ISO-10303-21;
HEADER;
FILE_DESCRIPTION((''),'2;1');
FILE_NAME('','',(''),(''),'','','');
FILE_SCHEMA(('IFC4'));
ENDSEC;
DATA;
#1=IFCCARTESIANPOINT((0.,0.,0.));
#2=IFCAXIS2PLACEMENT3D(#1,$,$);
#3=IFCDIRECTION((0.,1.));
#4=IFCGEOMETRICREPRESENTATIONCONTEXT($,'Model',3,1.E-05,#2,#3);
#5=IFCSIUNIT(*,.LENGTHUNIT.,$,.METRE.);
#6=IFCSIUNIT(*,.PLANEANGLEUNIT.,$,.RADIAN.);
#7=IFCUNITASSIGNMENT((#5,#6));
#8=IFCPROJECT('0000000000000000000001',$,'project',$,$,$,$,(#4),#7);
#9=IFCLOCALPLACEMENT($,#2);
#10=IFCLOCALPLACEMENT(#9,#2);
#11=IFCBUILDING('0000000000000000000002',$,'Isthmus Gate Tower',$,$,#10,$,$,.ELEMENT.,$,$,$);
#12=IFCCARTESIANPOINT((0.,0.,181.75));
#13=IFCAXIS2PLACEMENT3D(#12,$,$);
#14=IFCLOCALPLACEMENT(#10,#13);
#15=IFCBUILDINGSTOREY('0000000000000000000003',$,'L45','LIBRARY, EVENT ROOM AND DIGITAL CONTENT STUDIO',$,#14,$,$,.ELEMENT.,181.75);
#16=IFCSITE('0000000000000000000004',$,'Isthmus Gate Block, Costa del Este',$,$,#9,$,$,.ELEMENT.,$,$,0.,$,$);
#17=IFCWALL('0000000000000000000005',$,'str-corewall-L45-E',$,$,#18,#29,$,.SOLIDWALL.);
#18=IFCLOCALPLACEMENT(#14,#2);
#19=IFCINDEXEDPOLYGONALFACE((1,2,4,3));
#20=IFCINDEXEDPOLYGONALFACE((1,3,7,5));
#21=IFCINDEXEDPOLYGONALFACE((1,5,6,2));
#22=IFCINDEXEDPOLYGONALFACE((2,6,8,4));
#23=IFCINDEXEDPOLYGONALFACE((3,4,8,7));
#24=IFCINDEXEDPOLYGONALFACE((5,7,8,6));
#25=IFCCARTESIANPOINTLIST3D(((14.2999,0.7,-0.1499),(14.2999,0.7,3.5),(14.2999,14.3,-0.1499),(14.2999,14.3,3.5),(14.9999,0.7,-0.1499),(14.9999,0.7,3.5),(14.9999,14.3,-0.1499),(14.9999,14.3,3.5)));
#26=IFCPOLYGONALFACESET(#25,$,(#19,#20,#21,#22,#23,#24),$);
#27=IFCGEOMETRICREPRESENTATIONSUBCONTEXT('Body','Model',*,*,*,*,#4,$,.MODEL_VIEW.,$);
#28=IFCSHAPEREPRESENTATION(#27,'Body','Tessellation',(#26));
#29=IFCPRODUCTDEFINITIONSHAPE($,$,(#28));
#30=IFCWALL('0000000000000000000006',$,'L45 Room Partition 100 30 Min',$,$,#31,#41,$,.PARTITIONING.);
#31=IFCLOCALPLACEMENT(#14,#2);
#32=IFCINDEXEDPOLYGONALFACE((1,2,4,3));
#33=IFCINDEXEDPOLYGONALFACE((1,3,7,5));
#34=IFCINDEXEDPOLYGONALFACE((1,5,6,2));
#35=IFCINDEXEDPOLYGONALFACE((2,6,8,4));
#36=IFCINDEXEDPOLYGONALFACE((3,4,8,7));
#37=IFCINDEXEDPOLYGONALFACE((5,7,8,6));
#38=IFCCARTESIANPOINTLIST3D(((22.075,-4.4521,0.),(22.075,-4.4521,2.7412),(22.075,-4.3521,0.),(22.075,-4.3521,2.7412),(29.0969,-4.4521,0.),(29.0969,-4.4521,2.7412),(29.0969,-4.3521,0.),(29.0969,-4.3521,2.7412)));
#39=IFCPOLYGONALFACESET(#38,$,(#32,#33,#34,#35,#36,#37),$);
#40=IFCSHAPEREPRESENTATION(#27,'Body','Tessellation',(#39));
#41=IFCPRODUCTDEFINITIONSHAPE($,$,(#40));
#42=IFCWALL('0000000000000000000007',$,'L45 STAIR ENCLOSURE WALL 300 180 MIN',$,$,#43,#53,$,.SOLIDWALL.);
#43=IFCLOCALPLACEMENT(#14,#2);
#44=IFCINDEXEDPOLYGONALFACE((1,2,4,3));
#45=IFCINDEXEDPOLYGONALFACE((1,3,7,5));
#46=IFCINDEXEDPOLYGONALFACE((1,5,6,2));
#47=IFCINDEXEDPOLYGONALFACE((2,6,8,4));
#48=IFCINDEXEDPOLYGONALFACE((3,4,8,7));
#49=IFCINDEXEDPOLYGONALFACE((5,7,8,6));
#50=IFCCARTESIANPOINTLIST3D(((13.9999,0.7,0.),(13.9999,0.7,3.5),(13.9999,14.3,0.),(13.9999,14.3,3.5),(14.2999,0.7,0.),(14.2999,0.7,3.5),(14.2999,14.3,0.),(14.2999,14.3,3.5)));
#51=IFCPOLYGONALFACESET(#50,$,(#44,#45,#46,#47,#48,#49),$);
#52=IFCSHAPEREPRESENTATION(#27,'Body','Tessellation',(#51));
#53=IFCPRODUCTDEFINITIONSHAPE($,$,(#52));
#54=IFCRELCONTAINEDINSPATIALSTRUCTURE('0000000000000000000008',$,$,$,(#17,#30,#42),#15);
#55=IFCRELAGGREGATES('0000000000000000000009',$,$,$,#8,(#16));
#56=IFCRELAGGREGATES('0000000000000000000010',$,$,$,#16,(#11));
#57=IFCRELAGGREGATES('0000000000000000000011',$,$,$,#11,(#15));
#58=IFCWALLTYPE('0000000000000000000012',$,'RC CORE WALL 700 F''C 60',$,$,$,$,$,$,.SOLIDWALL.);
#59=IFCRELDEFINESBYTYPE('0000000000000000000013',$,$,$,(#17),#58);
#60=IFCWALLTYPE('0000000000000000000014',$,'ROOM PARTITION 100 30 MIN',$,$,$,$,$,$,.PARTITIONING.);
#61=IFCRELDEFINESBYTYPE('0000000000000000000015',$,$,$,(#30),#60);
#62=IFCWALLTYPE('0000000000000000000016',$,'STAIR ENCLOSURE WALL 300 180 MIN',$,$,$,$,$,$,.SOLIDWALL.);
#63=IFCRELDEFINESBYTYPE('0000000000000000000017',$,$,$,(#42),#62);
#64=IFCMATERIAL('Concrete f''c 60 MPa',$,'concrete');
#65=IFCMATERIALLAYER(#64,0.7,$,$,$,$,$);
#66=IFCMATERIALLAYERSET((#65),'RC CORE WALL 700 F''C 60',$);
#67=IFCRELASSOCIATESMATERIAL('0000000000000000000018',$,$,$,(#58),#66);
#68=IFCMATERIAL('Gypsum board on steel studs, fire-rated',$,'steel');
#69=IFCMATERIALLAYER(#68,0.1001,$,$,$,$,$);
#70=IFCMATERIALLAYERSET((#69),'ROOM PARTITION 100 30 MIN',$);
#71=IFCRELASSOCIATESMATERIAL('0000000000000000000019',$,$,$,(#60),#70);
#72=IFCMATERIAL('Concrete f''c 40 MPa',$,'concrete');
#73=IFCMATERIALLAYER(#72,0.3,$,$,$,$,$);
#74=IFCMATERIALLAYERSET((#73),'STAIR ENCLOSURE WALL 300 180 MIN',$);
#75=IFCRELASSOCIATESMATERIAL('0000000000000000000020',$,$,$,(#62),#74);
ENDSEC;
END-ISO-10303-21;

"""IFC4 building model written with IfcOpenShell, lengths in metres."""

from ifc_helpers import new_model, si_unit, direction, frame, frame_2d, origin, place, context, subcontext, project, spatial, rectangle, extrude, material, layer, layer_set, type_object, element, save


model = new_model("IFC4")

# Units and contexts
model_context = context("Model", 3, precision=1e-05, world=origin(), true_north=direction((0.0, 1.0)))
body_context = subcontext(model_context, "Body", "Model", "MODEL_VIEW")
ifc_project = project(units=[si_unit("LENGTHUNIT", "METRE"), si_unit("PLANEANGLEUNIT", "RADIAN")], contexts=[model_context])

# Site, building, storey
site_placement = place(None, origin())
site = spatial("IfcSite", under=ifc_project, at=site_placement, Name="Isthmus Gate Block, Costa del Este", CompositionType="ELEMENT", RefElevation=0.0)
building_placement = place(site_placement, origin())
building = spatial("IfcBuilding", under=site, at=building_placement, Name="Isthmus Gate Tower", CompositionType="ELEMENT")
storey_placement = place(building_placement, frame((0.0, 0.0, 181.75)))
storey = spatial("IfcBuildingStorey", under=building, at=storey_placement, Name="L45", Description="LIBRARY, EVENT ROOM AND DIGITAL CONTENT STUDIO", CompositionType="ELEMENT", Elevation=181.75)

# Walls
ifc_material_1 = material(Name="Concrete f'c 60 MPa", Category="concrete")
ifc_layer_1 = layer(ifc_material_1, 0.7)
ifc_layer_set_1 = layer_set([ifc_layer_1], Name="RC CORE WALL 700 F'C 60")
wall_type_1 = type_object("IfcWallType", Name="RC CORE WALL 700 F'C 60", PredefinedType="SOLIDWALL", material=ifc_layer_set_1)
wall_1_placement = place(storey_placement, frame((14.6499, 0.7, -0.1499), z_axis=(0.0, 0.0, 1.0), x_axis=(0.0, 1.0, 0.0)))
element("IfcWall", 1, at=wall_1_placement, inside=storey, type_object=wall_type_1, Name="str-corewall-L45-E", PredefinedType="SOLIDWALL", context=body_context, shape_type="SweptSolid", body=[
    extrude(rectangle(XDim=13.6001, YDim=0.7, at=frame_2d((6.8, 0.0))), origin(), (0.0, 0.0, 1.0), 3.6499),
])
ifc_material_2 = material(Name="Gypsum board on steel studs, fire-rated", Category="steel")
ifc_layer_2 = layer(ifc_material_2, 0.1001)
ifc_layer_set_2 = layer_set([ifc_layer_2], Name="ROOM PARTITION 100 30 MIN")
wall_type_2 = type_object("IfcWallType", Name="ROOM PARTITION 100 30 MIN", PredefinedType="PARTITIONING", material=ifc_layer_set_2)
wall_2_placement = place(storey_placement, frame((22.075, -4.4021, 0.0), z_axis=(0.0, 0.0, 1.0), x_axis=(1.0, 0.0, 0.0)))
element("IfcWall", 2, at=wall_2_placement, inside=storey, type_object=wall_type_2, Name="L45 Room Partition 100 30 Min", PredefinedType="PARTITIONING", context=body_context, shape_type="SweptSolid", body=[
    extrude(rectangle(XDim=7.022, YDim=0.1001, at=frame_2d((3.511, 0.0))), origin(), (0.0, 0.0, 1.0), 2.7412),
])
ifc_material_3 = material(Name="Concrete f'c 40 MPa", Category="concrete")
ifc_layer_3 = layer(ifc_material_3, 0.3)
ifc_layer_set_3 = layer_set([ifc_layer_3], Name="STAIR ENCLOSURE WALL 300 180 MIN")
wall_type_3 = type_object("IfcWallType", Name="STAIR ENCLOSURE WALL 300 180 MIN", PredefinedType="SOLIDWALL", material=ifc_layer_set_3)
wall_3_placement = place(storey_placement, frame((14.1499, 0.7, 0.0), z_axis=(0.0, 0.0, 1.0), x_axis=(0.0, 1.0, 0.0)))
element("IfcWall", 3, at=wall_3_placement, inside=storey, type_object=wall_type_3, Name="L45 STAIR ENCLOSURE WALL 300 180 MIN", PredefinedType="SOLIDWALL", context=body_context, shape_type="SweptSolid", body=[
    extrude(rectangle(XDim=13.6001, YDim=0.3, at=frame_2d((6.8, 0.0))), origin(), (0.0, 0.0, 1.0), 3.5),
])

save(model, "model.ifc")
